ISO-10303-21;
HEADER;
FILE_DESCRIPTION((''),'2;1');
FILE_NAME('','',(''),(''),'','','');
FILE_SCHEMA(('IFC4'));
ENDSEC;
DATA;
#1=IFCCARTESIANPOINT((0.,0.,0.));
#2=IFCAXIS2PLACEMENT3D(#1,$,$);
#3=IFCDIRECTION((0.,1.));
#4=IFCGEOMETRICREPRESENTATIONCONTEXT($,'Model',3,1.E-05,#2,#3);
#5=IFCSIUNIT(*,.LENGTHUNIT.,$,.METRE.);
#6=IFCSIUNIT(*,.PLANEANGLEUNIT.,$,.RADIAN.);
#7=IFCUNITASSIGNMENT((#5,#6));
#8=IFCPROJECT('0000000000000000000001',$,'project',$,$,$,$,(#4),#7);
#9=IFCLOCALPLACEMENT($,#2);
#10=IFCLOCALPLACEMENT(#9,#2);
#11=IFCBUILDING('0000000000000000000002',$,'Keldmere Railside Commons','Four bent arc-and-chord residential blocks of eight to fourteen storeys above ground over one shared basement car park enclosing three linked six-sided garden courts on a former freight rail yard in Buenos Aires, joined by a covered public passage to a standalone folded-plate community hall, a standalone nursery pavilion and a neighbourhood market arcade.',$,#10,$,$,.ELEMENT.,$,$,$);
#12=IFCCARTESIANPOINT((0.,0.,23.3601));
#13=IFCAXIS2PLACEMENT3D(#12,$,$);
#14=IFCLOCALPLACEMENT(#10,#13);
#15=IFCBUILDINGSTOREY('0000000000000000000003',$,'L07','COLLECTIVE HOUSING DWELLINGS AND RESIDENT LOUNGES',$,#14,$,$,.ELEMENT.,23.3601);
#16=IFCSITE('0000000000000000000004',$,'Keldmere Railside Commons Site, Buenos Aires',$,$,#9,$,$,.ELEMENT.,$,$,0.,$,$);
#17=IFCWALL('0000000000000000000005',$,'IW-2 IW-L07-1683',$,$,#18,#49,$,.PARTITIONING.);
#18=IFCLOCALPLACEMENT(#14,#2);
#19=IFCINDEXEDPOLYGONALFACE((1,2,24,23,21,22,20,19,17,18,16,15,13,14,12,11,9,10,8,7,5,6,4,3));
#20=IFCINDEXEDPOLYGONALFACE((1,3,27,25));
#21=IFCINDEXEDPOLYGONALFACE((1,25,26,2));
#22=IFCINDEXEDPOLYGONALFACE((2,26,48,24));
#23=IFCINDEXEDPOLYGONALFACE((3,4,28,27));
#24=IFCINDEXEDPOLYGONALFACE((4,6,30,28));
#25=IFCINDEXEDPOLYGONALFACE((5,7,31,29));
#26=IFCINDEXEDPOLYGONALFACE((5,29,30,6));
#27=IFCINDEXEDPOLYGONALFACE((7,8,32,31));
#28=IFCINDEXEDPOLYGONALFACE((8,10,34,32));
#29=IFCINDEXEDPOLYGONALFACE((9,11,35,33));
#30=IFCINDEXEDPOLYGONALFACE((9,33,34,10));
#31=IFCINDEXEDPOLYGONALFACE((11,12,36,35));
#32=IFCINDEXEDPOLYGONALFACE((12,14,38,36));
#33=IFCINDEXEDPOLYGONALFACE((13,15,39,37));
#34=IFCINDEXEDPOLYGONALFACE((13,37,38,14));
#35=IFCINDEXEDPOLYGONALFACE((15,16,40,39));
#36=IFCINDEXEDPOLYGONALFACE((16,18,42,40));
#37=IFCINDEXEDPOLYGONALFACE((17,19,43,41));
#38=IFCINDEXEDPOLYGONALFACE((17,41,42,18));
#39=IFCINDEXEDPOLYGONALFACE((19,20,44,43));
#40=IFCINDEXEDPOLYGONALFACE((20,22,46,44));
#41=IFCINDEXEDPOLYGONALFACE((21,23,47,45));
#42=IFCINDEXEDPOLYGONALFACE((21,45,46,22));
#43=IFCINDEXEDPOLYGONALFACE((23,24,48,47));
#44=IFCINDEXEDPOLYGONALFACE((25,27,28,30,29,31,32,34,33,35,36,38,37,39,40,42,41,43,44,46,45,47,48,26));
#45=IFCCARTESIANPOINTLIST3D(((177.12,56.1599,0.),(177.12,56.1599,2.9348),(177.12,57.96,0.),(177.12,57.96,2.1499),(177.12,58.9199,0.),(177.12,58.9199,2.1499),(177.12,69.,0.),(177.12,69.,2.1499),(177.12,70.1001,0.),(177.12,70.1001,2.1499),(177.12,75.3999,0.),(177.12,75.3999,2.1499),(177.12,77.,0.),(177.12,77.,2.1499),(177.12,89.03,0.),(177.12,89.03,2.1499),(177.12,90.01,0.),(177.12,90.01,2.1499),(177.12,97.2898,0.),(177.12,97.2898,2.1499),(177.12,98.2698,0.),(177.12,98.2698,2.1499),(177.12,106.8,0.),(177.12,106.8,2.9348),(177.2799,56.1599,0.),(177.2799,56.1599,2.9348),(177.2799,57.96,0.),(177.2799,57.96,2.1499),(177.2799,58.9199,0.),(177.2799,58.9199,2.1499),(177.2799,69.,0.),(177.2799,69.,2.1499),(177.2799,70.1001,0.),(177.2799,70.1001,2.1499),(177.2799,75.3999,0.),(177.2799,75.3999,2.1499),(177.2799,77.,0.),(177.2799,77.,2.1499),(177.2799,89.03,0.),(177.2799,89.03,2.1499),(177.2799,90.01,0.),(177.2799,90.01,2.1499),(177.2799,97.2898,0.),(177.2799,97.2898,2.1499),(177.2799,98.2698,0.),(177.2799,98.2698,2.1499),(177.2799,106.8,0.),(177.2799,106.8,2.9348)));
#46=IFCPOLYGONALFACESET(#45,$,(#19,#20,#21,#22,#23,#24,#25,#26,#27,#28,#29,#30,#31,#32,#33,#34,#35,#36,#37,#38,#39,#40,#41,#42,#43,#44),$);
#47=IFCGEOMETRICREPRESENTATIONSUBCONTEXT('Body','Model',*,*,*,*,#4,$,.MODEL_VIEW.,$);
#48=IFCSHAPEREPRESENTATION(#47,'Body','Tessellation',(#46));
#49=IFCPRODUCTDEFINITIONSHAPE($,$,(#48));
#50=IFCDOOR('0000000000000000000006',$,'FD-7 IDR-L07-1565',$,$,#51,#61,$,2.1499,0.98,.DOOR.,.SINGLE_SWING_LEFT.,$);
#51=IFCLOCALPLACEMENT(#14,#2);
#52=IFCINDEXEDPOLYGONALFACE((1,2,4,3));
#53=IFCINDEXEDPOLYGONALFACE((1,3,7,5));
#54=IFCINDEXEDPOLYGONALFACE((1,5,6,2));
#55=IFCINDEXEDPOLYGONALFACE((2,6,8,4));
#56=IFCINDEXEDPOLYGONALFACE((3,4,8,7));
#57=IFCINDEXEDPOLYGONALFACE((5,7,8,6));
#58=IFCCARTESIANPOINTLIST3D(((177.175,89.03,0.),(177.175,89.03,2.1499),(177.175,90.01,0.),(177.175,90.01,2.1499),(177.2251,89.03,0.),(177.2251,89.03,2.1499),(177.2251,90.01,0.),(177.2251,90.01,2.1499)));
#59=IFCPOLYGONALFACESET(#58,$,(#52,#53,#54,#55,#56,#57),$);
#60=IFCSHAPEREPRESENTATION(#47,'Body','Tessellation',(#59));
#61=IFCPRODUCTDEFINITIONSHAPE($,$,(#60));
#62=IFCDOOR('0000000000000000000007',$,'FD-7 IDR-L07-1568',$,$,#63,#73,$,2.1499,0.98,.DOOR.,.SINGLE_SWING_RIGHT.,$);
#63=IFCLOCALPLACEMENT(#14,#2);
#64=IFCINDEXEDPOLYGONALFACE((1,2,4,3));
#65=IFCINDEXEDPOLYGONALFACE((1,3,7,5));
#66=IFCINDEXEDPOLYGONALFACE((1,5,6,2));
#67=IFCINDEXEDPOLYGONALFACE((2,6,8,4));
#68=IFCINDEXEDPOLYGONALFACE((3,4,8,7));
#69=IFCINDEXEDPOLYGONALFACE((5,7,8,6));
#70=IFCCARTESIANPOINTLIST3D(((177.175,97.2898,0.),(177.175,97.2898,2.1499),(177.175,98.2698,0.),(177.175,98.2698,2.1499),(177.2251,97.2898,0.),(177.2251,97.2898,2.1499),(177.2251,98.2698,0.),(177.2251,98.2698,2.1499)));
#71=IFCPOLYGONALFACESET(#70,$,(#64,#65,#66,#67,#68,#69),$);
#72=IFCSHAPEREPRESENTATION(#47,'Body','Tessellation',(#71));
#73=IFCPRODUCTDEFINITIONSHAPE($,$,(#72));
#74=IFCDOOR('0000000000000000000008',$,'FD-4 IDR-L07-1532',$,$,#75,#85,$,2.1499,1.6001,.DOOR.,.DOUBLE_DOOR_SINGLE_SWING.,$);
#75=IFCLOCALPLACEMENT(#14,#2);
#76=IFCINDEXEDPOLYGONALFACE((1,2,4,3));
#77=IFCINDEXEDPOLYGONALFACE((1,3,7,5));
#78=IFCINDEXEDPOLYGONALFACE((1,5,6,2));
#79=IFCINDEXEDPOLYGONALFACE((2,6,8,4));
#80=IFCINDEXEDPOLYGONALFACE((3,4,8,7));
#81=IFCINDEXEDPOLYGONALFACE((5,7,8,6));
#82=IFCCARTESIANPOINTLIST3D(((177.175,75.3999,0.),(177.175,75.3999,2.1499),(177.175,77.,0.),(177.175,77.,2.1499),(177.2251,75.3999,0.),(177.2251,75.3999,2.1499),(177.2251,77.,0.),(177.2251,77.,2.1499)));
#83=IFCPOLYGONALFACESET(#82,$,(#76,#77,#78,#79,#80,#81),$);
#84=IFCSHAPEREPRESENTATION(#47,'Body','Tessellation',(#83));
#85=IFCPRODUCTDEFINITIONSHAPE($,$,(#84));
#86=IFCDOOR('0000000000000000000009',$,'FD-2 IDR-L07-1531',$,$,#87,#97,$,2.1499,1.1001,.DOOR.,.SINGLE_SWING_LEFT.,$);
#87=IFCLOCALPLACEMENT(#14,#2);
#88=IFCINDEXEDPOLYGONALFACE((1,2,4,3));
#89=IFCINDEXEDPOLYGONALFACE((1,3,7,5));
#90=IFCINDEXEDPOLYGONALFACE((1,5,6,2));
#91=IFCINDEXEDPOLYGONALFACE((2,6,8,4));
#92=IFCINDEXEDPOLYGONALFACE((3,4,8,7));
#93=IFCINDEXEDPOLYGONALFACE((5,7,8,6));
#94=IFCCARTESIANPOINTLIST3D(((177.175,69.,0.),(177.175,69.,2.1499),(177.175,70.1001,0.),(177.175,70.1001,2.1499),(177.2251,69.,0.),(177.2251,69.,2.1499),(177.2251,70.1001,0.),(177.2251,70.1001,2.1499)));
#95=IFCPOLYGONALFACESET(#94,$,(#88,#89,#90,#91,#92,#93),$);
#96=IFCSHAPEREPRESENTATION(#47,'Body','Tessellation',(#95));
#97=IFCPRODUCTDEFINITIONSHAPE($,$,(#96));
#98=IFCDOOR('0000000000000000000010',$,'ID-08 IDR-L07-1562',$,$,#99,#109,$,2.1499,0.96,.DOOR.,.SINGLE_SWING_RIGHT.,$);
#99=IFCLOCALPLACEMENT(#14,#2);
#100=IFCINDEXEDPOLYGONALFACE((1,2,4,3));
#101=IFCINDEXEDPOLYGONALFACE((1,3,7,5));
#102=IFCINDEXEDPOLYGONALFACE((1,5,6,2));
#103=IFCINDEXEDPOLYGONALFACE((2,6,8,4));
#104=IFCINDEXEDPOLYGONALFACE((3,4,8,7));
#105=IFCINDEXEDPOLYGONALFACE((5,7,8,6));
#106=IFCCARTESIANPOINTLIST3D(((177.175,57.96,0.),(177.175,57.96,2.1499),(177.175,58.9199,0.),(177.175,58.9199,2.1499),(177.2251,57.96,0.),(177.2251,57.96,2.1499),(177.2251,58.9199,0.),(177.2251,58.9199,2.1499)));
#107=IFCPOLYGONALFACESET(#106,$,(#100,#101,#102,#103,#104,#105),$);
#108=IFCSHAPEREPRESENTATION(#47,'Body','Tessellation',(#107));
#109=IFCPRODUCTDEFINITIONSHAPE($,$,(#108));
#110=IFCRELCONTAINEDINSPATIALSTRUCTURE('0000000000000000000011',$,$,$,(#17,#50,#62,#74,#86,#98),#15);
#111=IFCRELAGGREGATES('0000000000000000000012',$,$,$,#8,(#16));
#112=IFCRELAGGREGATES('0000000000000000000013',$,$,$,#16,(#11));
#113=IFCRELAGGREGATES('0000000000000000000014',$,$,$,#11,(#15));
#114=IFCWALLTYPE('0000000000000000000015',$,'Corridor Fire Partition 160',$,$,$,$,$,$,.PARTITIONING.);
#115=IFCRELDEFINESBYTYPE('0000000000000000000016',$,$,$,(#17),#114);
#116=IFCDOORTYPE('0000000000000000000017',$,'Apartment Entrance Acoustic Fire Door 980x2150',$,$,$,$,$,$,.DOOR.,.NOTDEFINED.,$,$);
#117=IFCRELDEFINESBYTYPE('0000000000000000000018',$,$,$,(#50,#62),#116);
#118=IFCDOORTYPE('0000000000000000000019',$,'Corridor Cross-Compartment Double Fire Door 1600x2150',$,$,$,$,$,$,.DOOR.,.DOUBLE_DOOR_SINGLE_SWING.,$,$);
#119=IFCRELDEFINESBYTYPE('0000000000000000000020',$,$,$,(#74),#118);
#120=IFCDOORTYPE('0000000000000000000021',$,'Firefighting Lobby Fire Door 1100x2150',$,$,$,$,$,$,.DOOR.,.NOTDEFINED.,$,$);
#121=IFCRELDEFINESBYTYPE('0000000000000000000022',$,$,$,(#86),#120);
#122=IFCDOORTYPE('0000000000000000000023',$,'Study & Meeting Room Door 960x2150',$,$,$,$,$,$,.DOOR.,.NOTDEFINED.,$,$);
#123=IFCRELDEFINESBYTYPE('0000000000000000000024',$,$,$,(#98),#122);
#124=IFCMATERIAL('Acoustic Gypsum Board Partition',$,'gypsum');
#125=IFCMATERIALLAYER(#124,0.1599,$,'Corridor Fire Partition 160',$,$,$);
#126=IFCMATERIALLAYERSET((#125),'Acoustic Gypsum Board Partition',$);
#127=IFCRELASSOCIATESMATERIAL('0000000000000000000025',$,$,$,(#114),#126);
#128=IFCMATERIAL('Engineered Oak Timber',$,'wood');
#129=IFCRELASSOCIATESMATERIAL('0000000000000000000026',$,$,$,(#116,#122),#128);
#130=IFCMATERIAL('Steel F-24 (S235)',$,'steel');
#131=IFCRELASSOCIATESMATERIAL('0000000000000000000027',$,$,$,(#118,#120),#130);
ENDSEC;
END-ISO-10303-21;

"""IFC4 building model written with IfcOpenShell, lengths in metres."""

from ifc_helpers import new_model, si_unit, direction, frame, frame_2d, origin, place, context, subcontext, project, spatial, rectangle, extrude, material, layer, layer_set, type_object, element, fill, save


model = new_model("IFC4")

# Units and contexts
model_context = context("Model", 3, precision=1e-05, world=origin(), true_north=direction((0.0, 1.0)))
body_context = subcontext(model_context, "Body", "Model", "MODEL_VIEW")
ifc_project = project(units=[si_unit("LENGTHUNIT", "METRE"), si_unit("PLANEANGLEUNIT", "RADIAN")], contexts=[model_context])

# Site, building, storey
site_placement = place(None, origin())
site = spatial("IfcSite", under=ifc_project, at=site_placement, Name="Keldmere Railside Commons Site, Buenos Aires", CompositionType="ELEMENT", RefElevation=0.0)
building_placement = place(site_placement, origin())
building = spatial("IfcBuilding", under=site, at=building_placement, Name="Keldmere Railside Commons", Description="Four bent arc-and-chord residential blocks of eight to fourteen storeys above ground over one shared basement car park enclosing three linked six-sided garden courts on a former freight rail yard in Buenos Aires, joined by a covered public passage to a standalone folded-plate community hall, a standalone nursery pavilion and a neighbourhood market arcade.", CompositionType="ELEMENT")
storey_placement = place(building_placement, frame((0.0, 0.0, 23.3601)))
storey = spatial("IfcBuildingStorey", under=building, at=storey_placement, Name="L07", Description="COLLECTIVE HOUSING DWELLINGS AND RESIDENT LOUNGES", CompositionType="ELEMENT", Elevation=23.3601)

# Wall, openings, doors
ifc_material_1 = material(Name="Acoustic Gypsum Board Partition", Category="gypsum")
ifc_layer_1 = layer(ifc_material_1, 0.1599, Name="Corridor Fire Partition 160")
ifc_layer_set_1 = layer_set([ifc_layer_1], Name="Acoustic Gypsum Board Partition")
wall_type_1 = type_object("IfcWallType", Name="Corridor Fire Partition 160", PredefinedType="PARTITIONING", material=ifc_layer_set_1)
ifc_material_2 = material(Name="Engineered Oak Timber", Category="wood")
door_type_1 = type_object("IfcDoorType", Name="Apartment Entrance Acoustic Fire Door 980x2150", OperationType="NOTDEFINED", PredefinedType="DOOR", material=ifc_material_2)
wall_1_placement = place(storey_placement, frame((177.2, 56.1599, 0.0), z_axis=(0.0, 0.0, 1.0), x_axis=(0.0, 1.0, 0.0)))
wall_1 = element("IfcWall", 1, at=wall_1_placement, inside=storey, type_object=wall_type_1, Name="IW-2 IW-L07-1683", PredefinedType="PARTITIONING", context=body_context, shape_type="SweptSolid", body=[
    extrude(rectangle(XDim=50.6401, YDim=0.1599, at=frame_2d((25.3201, 0.0))), origin(), (0.0, 0.0, 1.0), 2.9348),
])
opening_1_placement = place(wall_1_placement, frame((12.8401, 0.0, 0.0)))
opening_1 = element("IfcOpeningElement", 2, at=opening_1_placement, cuts=wall_1, PredefinedType="OPENING", context=body_context, shape_type="SweptSolid", body=[
    extrude(rectangle(XDim=1.1001, YDim=2.1499, at=frame_2d((0.55, 1.075))), frame((0.0, 0.0898, 0.0), z_axis=(0.0, -1.0, 0.0), x_axis=(1.0, 0.0, 0.0)), (0.0, 0.0, 1.0), 0.1799),
])
opening_2_placement = place(wall_1_placement, frame((19.24, 0.0, 0.0)))
opening_2 = element("IfcOpeningElement", 3, at=opening_2_placement, cuts=wall_1, PredefinedType="OPENING", context=body_context, shape_type="SweptSolid", body=[
    extrude(rectangle(XDim=1.6001, YDim=2.1499, at=frame_2d((0.8, 1.075))), frame((0.0, 0.0898, 0.0), z_axis=(0.0, -1.0, 0.0), x_axis=(1.0, 0.0, 0.0)), (0.0, 0.0, 1.0), 0.1799),
])
opening_3_placement = place(wall_1_placement, frame((1.8, 0.0, 0.0)))
opening_3 = element("IfcOpeningElement", 4, at=opening_3_placement, cuts=wall_1, PredefinedType="OPENING", context=body_context, shape_type="SweptSolid", body=[
    extrude(rectangle(XDim=0.96, YDim=2.1499, at=frame_2d((0.48, 1.075))), frame((0.0, 0.0898, 0.0), z_axis=(0.0, -1.0, 0.0), x_axis=(1.0, 0.0, 0.0)), (0.0, 0.0, 1.0), 0.1799),
])
opening_4_placement = place(wall_1_placement, frame((32.8701, 0.0, 0.0)))
opening_4 = element("IfcOpeningElement", 5, at=opening_4_placement, cuts=wall_1, PredefinedType="OPENING", context=body_context, shape_type="SweptSolid", body=[
    extrude(rectangle(XDim=0.98, YDim=2.1499, at=frame_2d((0.49, 1.075))), frame((0.0, 0.0898, 0.0), z_axis=(0.0, -1.0, 0.0), x_axis=(1.0, 0.0, 0.0)), (0.0, 0.0, 1.0), 0.1799),
])
opening_5_placement = place(wall_1_placement, frame((41.1299, 0.0, 0.0)))
opening_5 = element("IfcOpeningElement", 6, at=opening_5_placement, cuts=wall_1, PredefinedType="OPENING", context=body_context, shape_type="SweptSolid", body=[
    extrude(rectangle(XDim=0.98, YDim=2.1499, at=frame_2d((0.49, 1.075))), frame((0.0, 0.0898, 0.0), z_axis=(0.0, -1.0, 0.0), x_axis=(1.0, 0.0, 0.0)), (0.0, 0.0, 1.0), 0.1799),
])
door_1_placement = place(opening_4_placement, origin())
door_1 = element("IfcDoor", 7, at=door_1_placement, inside=storey, type_object=door_type_1, Name="FD-7 IDR-L07-1565", OperationType="SINGLE_SWING_LEFT", OverallHeight=2.1499, OverallWidth=0.98, PredefinedType="DOOR", context=body_context, shape_type="SweptSolid", body=[
    extrude(rectangle(XDim=0.98, YDim=2.1499, at=frame_2d((0.49, 1.075))), frame((0.0, 0.0249, 0.0), z_axis=(0.0, -1.0, 0.0), x_axis=(1.0, 0.0, 0.0)), (0.0, 0.0, 1.0), 0.05),
])
fill(opening_4, door_1)
door_2_placement = place(opening_5_placement, origin())
door_2 = element("IfcDoor", 8, at=door_2_placement, inside=storey, type_object=door_type_1, Name="FD-7 IDR-L07-1568", OperationType="SINGLE_SWING_RIGHT", OverallHeight=2.1499, OverallWidth=0.98, PredefinedType="DOOR", context=body_context, shape_type="SweptSolid", body=[
    extrude(rectangle(XDim=0.98, YDim=2.1499, at=frame_2d((0.49, 1.075))), frame((0.0, 0.0249, 0.0), z_axis=(0.0, -1.0, 0.0), x_axis=(1.0, 0.0, 0.0)), (0.0, 0.0, 1.0), 0.05),
])
fill(opening_5, door_2)
ifc_material_3 = material(Name="Steel F-24 (S235)", Category="steel")
door_type_2 = type_object("IfcDoorType", Name="Corridor Cross-Compartment Double Fire Door 1600x2150", OperationType="DOUBLE_DOOR_SINGLE_SWING", PredefinedType="DOOR", material=ifc_material_3)
door_3_placement = place(opening_2_placement, origin())
door_3 = element("IfcDoor", 9, at=door_3_placement, inside=storey, type_object=door_type_2, Name="FD-4 IDR-L07-1532", OperationType="DOUBLE_DOOR_SINGLE_SWING", OverallHeight=2.1499, OverallWidth=1.6001, PredefinedType="DOOR", context=body_context, shape_type="SweptSolid", body=[
    extrude(rectangle(XDim=1.6001, YDim=2.1499, at=frame_2d((0.8, 1.075))), frame((0.0, 0.0249, 0.0), z_axis=(0.0, -1.0, 0.0), x_axis=(1.0, 0.0, 0.0)), (0.0, 0.0, 1.0), 0.05),
])
fill(opening_2, door_3)
door_type_3 = type_object("IfcDoorType", Name="Firefighting Lobby Fire Door 1100x2150", OperationType="NOTDEFINED", PredefinedType="DOOR", material=ifc_material_3)
door_4_placement = place(opening_1_placement, origin())
door_4 = element("IfcDoor", 10, at=door_4_placement, inside=storey, type_object=door_type_3, Name="FD-2 IDR-L07-1531", OperationType="SINGLE_SWING_LEFT", OverallHeight=2.1499, OverallWidth=1.1001, PredefinedType="DOOR", context=body_context, shape_type="SweptSolid", body=[
    extrude(rectangle(XDim=1.1001, YDim=2.1499, at=frame_2d((0.55, 1.075))), frame((0.0, 0.0249, 0.0), z_axis=(0.0, -1.0, 0.0), x_axis=(1.0, 0.0, 0.0)), (0.0, 0.0, 1.0), 0.05),
])
fill(opening_1, door_4)
door_type_4 = type_object("IfcDoorType", Name="Study & Meeting Room Door 960x2150", OperationType="NOTDEFINED", PredefinedType="DOOR", material=ifc_material_2)
door_5_placement = place(opening_3_placement, origin())
door_5 = element("IfcDoor", 11, at=door_5_placement, inside=storey, type_object=door_type_4, Name="ID-08 IDR-L07-1562", OperationType="SINGLE_SWING_RIGHT", OverallHeight=2.1499, OverallWidth=0.96, PredefinedType="DOOR", context=body_context, shape_type="SweptSolid", body=[
    extrude(rectangle(XDim=0.96, YDim=2.1499, at=frame_2d((0.48, 1.075))), frame((0.0, 0.0249, 0.0), z_axis=(0.0, -1.0, 0.0), x_axis=(1.0, 0.0, 0.0)), (0.0, 0.0, 1.0), 0.05),
])
fill(opening_3, door_5)

save(model, "model.ifc")
